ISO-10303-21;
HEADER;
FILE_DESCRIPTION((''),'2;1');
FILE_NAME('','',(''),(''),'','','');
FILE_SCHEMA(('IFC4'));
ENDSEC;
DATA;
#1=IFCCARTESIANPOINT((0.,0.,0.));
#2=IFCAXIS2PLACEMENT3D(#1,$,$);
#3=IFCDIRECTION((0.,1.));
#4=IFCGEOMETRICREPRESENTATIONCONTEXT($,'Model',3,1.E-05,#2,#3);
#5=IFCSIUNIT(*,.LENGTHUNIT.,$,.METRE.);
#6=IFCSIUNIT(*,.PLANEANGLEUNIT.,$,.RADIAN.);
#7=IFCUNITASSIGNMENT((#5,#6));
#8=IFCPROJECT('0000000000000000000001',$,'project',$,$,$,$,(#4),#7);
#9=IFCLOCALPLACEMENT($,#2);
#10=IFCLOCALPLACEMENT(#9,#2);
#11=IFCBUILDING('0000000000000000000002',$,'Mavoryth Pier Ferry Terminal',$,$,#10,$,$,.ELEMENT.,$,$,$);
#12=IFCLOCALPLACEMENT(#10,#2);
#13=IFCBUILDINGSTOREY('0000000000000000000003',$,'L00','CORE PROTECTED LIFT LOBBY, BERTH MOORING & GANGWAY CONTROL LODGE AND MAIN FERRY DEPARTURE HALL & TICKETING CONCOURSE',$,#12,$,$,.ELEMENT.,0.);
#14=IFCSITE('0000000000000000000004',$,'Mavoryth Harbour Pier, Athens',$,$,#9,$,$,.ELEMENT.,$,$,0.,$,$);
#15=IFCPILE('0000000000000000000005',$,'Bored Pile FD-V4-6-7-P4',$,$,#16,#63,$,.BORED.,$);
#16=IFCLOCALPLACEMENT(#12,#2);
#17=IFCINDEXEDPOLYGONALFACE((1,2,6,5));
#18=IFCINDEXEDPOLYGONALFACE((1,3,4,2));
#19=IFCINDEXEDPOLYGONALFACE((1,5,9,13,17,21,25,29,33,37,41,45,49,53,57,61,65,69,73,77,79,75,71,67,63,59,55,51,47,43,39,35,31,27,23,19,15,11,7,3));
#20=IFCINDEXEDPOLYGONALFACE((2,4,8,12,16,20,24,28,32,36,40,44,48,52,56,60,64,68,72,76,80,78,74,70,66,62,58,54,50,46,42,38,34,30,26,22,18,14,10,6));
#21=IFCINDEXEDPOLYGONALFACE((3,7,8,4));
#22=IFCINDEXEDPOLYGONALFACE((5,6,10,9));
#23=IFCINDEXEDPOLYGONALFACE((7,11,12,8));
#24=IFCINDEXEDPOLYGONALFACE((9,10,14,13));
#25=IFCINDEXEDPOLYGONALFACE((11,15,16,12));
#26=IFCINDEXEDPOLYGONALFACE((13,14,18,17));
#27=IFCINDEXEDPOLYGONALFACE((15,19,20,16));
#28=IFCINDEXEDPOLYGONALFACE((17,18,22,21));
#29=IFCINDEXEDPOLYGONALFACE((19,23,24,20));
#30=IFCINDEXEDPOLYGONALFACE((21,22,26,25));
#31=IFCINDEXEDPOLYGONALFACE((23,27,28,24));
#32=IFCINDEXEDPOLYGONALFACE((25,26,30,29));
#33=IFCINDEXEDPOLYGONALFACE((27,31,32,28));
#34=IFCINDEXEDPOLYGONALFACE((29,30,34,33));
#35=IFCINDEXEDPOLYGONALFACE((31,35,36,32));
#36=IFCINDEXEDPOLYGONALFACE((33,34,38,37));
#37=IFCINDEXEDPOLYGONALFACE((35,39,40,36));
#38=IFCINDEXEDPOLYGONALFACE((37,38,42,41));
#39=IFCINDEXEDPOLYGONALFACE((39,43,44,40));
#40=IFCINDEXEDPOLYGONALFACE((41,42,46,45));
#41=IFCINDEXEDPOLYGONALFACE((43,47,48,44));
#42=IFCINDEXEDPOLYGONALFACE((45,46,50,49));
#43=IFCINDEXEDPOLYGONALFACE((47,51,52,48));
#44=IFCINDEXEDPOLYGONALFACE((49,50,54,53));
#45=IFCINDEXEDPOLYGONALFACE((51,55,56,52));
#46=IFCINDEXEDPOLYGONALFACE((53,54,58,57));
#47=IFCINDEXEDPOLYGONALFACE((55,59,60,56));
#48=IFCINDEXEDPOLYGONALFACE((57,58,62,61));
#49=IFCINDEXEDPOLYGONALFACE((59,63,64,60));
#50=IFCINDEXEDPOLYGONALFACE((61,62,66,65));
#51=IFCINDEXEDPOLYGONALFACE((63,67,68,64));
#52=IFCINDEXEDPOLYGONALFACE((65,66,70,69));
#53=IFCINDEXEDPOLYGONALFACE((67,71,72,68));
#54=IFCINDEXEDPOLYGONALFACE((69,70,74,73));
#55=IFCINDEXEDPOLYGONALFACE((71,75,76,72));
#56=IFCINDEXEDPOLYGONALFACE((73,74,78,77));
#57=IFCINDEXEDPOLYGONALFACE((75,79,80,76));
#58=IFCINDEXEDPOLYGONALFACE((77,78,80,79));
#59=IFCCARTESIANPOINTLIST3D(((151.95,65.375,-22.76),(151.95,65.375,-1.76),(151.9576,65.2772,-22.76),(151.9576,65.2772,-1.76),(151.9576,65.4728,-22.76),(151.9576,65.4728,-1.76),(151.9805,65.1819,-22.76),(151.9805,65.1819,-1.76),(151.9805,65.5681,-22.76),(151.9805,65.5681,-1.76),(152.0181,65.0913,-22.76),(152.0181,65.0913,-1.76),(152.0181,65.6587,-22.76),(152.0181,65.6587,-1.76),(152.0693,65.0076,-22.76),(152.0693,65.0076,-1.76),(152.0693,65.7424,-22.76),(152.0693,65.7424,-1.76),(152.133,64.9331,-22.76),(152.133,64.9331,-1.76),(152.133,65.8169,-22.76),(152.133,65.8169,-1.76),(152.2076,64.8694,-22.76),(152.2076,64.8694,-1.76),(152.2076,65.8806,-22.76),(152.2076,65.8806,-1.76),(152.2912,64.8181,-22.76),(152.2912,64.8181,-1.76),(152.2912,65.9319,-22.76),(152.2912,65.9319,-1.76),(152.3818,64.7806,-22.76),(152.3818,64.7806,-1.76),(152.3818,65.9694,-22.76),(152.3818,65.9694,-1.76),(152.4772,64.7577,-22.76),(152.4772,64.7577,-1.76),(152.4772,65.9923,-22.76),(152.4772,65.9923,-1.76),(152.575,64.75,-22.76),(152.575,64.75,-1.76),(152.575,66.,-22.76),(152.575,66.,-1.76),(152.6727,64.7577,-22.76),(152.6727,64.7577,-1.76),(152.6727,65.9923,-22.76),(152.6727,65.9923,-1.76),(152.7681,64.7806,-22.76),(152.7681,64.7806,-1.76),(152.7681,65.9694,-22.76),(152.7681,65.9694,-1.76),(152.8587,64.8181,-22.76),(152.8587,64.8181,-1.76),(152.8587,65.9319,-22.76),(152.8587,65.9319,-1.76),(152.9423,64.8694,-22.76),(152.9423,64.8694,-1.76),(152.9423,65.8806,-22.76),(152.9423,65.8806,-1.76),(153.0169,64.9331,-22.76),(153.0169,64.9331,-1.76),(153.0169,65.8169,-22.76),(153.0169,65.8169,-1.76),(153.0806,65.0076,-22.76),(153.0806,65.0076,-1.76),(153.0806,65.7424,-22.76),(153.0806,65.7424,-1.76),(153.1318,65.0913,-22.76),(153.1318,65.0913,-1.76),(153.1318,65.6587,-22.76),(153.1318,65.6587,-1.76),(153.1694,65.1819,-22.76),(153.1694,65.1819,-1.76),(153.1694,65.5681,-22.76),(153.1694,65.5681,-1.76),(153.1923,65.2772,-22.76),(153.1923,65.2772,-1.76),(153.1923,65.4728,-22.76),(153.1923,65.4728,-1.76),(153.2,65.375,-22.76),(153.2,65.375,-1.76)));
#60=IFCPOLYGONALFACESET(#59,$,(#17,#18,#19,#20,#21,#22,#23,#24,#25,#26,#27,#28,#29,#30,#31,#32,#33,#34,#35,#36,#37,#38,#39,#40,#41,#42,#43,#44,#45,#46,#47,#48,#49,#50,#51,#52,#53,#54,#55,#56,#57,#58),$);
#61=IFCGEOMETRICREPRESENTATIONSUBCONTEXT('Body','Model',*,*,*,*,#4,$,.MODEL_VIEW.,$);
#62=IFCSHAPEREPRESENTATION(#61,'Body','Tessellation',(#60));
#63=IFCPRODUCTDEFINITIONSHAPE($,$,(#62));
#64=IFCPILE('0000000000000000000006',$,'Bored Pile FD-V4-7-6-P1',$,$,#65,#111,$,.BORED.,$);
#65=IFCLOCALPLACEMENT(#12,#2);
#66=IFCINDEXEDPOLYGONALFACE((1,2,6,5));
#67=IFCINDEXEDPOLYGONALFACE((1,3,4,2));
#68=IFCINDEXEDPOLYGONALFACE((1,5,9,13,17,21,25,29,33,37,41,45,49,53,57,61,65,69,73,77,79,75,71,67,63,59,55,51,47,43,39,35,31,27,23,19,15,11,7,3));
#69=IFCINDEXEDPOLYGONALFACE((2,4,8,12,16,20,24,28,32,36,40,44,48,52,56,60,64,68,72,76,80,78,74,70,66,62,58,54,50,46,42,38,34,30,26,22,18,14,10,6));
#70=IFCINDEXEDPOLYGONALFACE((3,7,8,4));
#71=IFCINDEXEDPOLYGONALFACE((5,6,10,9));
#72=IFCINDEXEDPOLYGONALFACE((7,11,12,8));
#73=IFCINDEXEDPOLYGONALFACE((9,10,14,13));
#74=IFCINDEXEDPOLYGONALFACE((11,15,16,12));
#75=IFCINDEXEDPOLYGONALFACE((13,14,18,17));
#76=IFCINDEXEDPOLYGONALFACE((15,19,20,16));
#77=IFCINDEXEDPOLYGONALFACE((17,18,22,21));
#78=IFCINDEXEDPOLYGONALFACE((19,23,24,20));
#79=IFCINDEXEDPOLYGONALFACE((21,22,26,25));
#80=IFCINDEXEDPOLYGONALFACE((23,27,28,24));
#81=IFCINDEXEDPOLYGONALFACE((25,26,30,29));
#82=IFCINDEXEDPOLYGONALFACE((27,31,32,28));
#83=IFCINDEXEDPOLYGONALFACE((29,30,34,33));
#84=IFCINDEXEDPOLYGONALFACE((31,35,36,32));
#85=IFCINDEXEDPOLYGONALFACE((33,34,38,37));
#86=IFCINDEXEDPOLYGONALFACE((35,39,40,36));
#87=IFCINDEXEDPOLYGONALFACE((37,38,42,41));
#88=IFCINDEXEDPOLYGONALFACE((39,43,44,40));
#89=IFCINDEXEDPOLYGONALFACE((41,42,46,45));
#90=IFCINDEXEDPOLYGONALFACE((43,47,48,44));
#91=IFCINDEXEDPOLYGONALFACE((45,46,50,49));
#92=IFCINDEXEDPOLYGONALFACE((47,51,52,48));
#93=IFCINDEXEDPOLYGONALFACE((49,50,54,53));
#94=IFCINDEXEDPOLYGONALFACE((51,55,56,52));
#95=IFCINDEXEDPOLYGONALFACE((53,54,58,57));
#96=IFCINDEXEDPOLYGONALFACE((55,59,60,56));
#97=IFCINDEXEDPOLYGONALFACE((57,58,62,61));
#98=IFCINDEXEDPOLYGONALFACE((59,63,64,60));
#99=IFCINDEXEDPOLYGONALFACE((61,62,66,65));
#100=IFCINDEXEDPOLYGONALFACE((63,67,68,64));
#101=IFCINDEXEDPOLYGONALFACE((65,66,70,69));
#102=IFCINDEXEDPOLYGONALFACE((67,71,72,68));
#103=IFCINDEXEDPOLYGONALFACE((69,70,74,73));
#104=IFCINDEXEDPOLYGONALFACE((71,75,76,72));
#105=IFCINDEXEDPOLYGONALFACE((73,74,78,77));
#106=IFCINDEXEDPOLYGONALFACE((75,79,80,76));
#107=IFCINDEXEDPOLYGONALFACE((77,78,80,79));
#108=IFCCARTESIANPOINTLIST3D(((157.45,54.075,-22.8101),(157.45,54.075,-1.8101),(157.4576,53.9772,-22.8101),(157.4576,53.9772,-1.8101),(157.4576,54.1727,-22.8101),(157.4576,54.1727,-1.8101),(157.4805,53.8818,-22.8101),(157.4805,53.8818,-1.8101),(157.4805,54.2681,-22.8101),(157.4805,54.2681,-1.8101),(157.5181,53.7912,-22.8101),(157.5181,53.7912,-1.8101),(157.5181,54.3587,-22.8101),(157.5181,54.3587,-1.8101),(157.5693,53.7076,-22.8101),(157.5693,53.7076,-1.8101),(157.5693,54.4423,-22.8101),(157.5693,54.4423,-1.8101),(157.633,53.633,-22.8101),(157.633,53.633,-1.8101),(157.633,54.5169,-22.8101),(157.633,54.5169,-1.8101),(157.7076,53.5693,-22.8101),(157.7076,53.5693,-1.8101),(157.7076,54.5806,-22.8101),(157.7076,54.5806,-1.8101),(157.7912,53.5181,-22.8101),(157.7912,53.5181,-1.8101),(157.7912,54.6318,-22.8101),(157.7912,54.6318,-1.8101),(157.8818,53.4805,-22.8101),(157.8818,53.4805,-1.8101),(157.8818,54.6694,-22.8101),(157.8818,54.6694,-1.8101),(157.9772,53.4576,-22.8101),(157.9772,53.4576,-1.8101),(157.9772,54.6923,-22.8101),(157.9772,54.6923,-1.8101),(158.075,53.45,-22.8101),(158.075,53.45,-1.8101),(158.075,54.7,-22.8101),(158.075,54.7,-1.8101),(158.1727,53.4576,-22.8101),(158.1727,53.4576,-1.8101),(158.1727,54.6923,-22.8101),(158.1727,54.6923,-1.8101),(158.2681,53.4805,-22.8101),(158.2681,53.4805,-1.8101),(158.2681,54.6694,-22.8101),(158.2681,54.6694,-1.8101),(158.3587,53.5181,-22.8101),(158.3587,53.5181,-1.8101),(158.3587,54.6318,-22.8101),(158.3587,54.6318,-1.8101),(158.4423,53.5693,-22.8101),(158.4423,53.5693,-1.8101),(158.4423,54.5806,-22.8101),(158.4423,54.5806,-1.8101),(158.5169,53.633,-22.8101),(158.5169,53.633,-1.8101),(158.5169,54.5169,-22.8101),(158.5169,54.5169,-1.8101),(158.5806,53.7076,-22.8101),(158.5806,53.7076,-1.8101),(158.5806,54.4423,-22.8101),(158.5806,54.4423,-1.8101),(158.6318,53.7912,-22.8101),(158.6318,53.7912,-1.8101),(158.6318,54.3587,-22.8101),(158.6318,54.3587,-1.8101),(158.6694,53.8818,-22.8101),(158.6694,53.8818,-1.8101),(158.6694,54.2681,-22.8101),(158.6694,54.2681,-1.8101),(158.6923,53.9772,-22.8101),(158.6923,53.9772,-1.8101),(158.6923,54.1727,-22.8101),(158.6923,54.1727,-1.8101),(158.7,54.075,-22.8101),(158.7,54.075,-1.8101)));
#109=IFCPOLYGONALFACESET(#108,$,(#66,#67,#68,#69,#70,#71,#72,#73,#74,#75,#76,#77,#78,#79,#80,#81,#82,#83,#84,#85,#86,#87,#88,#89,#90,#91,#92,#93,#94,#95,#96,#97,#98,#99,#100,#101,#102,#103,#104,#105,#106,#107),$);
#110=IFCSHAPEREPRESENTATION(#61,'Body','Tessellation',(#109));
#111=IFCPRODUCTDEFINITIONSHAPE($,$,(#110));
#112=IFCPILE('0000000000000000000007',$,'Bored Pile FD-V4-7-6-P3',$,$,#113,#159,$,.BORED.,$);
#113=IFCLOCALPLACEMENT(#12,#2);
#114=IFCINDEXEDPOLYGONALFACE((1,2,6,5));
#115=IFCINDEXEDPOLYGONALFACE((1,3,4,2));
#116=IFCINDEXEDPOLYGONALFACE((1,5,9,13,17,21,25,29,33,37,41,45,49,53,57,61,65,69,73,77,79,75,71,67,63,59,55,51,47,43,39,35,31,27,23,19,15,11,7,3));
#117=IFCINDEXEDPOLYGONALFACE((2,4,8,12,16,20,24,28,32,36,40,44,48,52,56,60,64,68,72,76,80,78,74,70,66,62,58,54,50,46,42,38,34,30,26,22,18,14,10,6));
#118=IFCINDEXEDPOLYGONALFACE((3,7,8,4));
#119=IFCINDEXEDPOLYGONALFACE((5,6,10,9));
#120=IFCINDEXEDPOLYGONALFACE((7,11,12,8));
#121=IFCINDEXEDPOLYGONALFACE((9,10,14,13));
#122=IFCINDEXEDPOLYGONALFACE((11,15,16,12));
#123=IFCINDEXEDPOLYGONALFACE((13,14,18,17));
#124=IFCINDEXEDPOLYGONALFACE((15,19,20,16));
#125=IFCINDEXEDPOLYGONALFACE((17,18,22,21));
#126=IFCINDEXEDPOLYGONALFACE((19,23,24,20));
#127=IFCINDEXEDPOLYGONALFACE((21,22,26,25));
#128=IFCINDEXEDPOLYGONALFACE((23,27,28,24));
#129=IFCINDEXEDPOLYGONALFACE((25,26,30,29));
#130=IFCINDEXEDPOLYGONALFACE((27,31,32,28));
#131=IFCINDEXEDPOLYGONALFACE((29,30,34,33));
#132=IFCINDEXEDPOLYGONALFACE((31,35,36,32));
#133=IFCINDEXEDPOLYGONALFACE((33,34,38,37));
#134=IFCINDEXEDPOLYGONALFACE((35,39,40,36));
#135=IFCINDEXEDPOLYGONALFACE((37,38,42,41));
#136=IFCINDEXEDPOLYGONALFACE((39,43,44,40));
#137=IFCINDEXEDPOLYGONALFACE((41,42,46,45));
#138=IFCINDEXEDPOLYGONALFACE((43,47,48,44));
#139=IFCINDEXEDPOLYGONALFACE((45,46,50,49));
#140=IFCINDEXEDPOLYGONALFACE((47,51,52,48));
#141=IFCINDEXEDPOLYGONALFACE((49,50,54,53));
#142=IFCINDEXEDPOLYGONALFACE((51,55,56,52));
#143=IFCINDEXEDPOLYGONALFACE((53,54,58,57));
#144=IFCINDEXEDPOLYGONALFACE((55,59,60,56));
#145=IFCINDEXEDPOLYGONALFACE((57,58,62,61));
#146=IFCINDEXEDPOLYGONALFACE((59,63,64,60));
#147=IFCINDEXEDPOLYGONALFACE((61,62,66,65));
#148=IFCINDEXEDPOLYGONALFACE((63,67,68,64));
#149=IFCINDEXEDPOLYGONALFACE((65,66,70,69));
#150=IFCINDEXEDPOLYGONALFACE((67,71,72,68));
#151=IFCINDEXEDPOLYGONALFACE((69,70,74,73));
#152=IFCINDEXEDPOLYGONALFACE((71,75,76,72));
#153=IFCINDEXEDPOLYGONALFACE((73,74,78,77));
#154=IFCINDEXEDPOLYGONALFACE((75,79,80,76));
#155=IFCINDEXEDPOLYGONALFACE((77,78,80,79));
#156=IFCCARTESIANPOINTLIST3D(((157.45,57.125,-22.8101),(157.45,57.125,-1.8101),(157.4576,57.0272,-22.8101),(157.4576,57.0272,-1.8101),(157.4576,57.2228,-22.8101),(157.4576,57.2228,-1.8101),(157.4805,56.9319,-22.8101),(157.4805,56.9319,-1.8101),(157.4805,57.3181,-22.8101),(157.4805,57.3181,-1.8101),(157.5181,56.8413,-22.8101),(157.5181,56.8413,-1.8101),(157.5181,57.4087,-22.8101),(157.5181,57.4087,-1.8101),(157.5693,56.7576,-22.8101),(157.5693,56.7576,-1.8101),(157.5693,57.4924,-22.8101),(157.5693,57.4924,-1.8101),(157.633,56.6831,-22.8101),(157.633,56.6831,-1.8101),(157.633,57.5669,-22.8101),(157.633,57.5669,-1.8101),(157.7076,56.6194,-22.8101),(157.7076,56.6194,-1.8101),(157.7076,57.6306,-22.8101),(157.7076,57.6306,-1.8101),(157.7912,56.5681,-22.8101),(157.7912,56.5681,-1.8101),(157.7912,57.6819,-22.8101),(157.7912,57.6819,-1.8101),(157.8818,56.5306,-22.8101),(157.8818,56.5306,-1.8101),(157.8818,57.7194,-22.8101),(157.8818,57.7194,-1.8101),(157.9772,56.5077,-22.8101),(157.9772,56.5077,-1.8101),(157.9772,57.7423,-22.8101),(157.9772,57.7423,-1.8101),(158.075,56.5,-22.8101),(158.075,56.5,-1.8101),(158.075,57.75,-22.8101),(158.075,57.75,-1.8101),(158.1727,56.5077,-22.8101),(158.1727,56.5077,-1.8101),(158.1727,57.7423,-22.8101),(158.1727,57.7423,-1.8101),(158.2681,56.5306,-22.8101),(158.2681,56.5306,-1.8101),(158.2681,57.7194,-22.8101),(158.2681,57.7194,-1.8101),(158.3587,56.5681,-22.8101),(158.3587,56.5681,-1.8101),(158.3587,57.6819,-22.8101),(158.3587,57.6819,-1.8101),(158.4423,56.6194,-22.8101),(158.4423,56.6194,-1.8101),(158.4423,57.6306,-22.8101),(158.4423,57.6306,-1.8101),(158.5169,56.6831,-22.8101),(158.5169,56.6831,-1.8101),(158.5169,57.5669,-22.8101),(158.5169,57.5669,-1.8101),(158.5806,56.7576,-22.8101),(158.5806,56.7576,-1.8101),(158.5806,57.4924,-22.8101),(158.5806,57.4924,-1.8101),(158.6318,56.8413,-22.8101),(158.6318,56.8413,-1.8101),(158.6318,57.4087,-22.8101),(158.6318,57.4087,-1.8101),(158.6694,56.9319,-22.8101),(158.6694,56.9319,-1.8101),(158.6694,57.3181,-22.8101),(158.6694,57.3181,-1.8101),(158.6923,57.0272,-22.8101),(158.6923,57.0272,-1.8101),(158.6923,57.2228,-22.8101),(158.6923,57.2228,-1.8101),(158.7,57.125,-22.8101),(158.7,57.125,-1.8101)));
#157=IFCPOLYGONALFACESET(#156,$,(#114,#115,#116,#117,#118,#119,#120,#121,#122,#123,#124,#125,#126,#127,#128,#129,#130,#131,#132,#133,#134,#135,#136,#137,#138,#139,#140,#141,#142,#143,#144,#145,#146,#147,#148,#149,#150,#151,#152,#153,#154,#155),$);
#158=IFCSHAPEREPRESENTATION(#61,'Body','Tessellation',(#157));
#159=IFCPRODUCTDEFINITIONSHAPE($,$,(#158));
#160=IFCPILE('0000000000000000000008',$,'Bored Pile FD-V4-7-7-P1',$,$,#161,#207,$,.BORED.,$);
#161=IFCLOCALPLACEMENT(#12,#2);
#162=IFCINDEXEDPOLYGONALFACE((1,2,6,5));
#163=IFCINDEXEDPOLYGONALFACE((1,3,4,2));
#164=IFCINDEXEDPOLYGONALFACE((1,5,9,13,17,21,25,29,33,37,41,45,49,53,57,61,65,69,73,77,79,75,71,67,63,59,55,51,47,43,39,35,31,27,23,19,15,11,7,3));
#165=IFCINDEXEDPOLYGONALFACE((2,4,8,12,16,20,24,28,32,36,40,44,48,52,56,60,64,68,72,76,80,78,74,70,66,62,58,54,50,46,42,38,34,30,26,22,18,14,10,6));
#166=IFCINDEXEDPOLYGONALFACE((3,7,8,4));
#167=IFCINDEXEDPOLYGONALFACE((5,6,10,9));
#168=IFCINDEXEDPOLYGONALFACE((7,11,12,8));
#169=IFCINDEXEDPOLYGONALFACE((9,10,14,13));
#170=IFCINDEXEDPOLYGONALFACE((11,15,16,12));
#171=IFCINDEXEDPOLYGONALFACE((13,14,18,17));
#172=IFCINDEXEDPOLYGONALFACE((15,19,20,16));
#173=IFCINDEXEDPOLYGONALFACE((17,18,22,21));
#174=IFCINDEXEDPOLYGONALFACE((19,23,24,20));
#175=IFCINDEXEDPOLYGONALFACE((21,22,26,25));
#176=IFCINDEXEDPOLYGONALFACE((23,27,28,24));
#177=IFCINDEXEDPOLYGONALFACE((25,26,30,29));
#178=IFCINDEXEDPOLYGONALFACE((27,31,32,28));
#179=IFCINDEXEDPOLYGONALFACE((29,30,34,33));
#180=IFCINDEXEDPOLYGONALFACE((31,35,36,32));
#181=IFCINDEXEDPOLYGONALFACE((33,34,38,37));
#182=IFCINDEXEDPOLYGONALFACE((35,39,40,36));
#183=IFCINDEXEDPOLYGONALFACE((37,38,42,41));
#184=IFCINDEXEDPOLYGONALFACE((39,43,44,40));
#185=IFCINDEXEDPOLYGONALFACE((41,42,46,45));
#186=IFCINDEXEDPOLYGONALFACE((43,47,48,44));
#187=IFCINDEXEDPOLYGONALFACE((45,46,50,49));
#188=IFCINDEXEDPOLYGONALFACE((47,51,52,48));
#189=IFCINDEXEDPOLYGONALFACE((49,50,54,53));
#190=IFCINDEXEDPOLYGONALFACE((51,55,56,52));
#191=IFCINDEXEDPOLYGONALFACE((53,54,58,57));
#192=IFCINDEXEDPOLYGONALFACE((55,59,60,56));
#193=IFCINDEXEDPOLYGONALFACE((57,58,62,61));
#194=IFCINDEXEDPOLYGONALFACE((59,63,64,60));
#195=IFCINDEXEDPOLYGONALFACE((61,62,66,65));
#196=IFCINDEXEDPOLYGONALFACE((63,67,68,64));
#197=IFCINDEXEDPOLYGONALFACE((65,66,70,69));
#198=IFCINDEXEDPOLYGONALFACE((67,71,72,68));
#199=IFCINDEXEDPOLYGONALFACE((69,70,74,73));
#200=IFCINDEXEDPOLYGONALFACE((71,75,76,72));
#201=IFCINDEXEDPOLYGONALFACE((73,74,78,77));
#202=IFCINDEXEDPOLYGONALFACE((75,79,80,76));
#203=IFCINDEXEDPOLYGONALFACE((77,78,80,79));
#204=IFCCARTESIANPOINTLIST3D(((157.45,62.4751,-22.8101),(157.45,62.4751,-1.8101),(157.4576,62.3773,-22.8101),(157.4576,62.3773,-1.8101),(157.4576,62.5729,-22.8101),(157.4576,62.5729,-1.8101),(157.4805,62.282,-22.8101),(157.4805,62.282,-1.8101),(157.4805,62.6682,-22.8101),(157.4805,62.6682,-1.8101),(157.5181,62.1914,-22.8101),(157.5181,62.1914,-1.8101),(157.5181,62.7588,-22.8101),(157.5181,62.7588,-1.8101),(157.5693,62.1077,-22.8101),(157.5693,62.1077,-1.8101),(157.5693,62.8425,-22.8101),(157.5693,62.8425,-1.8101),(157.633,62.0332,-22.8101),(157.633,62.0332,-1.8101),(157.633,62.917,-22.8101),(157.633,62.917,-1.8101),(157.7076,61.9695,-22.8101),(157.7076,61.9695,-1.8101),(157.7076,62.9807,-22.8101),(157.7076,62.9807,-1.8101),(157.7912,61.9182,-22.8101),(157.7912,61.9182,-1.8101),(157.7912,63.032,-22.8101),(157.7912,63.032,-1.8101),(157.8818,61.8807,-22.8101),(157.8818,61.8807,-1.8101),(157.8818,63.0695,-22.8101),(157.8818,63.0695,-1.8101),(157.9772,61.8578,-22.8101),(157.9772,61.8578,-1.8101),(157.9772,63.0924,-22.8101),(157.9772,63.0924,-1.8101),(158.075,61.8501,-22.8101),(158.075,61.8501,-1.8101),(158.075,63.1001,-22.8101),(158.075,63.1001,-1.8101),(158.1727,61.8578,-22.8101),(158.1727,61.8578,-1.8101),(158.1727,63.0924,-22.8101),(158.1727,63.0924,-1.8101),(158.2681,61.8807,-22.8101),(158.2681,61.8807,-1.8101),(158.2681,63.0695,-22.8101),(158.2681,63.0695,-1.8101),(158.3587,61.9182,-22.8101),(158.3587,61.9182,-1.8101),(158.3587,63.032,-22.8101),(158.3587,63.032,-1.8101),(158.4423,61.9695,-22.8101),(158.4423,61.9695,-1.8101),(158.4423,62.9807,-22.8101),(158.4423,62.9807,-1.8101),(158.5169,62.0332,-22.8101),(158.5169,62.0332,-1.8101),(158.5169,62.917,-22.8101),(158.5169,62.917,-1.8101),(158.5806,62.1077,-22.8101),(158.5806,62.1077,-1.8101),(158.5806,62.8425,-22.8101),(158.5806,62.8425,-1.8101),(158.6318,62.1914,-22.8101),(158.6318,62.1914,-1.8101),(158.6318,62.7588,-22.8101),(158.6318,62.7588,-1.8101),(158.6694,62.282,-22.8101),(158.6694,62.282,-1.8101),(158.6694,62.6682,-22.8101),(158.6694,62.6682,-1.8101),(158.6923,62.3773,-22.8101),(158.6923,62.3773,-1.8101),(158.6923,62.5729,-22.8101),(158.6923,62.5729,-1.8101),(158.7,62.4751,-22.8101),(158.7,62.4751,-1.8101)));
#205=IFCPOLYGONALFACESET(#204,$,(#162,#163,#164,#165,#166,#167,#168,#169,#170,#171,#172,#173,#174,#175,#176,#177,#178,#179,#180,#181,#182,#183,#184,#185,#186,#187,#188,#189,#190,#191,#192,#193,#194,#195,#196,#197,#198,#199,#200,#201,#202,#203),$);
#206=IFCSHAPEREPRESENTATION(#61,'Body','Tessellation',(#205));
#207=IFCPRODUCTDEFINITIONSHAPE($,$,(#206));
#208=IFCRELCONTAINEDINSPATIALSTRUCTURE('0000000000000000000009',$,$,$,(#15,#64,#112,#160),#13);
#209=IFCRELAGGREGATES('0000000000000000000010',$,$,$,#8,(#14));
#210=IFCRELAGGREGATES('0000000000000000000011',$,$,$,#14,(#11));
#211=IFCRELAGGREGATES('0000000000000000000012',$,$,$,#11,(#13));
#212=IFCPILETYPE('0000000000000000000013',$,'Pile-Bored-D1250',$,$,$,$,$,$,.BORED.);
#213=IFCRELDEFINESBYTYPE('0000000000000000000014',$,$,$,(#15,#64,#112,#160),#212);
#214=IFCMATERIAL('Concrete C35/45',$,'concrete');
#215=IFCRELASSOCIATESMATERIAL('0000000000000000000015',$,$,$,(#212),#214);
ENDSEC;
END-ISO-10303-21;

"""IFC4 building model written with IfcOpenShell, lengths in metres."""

from ifc_helpers import new_model, si_unit, direction, frame, origin, origin_2d, place, context, subcontext, project, spatial, circle, extrude, material, material_profile, profile_set, type_object, element, save


model = new_model("IFC4")

# Units and contexts
model_context = context("Model", 3, precision=1e-05, world=origin(), true_north=direction((0.0, 1.0)))
body_context = subcontext(model_context, "Body", "Model", "MODEL_VIEW")
ifc_project = project(units=[si_unit("LENGTHUNIT", "METRE"), si_unit("PLANEANGLEUNIT", "RADIAN")], contexts=[model_context])

# Site, building, storey
site_placement = place(None, origin())
site = spatial("IfcSite", under=ifc_project, at=site_placement, Name="Mavoryth Harbour Pier, Athens", CompositionType="ELEMENT", RefElevation=0.0)
building_placement = place(site_placement, origin())
building = spatial("IfcBuilding", under=site, at=building_placement, Name="Mavoryth Pier Ferry Terminal", CompositionType="ELEMENT")
storey_placement = place(building_placement, origin())
storey = spatial("IfcBuildingStorey", under=building, at=storey_placement, Name="L00", Description="CORE PROTECTED LIFT LOBBY, BERTH MOORING & GANGWAY CONTROL LODGE AND MAIN FERRY DEPARTURE HALL & TICKETING CONCOURSE", CompositionType="ELEMENT", Elevation=0.0)

# Shared definitions
ifc_material_1 = material(Name="Concrete C35/45", Category="concrete")

# Piles
ifc_material_profile_1 = material_profile(ifc_material_1, circle(Radius=0.625, at=origin_2d()), Name="PILE D1250", Category="concrete")
ifc_profile_set_1 = profile_set([ifc_material_profile_1], Name="Concrete C35/45 - PILE D1250")
pile_type = type_object("IfcPileType", Name="Pile-Bored-D1250", PredefinedType="BORED", material=ifc_profile_set_1)
for number, where, z_axis, x_axis, name in (
    (1, (152.575, 65.375, -1.76), (0.0, 0.0, -1.0), (1.0, 0.0, 0.0), "Bored Pile FD-V4-6-7-P4"),
    (2, (158.075, 54.075, -1.8101), (0.0, 0.0, -1.0), (1.0, 0.0, 0.0), "Bored Pile FD-V4-7-6-P1"),
    (3, (158.075, 57.125, -1.8101), (0.0, 0.0, -1.0), (1.0, 0.0, 0.0), "Bored Pile FD-V4-7-6-P3"),
    (4, (158.075, 62.4751, -1.8101), (0.0, 0.0, -1.0), (1.0, 0.0, 0.0), "Bored Pile FD-V4-7-7-P1"),
):
    element("IfcPile", number, at=place(storey_placement, frame(where, z_axis=z_axis, x_axis=x_axis)), inside=storey, type_object=pile_type, Name=name, PredefinedType="BORED", context=body_context, shape_type="SweptSolid", body=[
        extrude(circle(Radius=0.625, at=origin_2d()), origin(), (0.0, 0.0, 1.0), 21.0),
    ])

save(model, "model.ifc")
